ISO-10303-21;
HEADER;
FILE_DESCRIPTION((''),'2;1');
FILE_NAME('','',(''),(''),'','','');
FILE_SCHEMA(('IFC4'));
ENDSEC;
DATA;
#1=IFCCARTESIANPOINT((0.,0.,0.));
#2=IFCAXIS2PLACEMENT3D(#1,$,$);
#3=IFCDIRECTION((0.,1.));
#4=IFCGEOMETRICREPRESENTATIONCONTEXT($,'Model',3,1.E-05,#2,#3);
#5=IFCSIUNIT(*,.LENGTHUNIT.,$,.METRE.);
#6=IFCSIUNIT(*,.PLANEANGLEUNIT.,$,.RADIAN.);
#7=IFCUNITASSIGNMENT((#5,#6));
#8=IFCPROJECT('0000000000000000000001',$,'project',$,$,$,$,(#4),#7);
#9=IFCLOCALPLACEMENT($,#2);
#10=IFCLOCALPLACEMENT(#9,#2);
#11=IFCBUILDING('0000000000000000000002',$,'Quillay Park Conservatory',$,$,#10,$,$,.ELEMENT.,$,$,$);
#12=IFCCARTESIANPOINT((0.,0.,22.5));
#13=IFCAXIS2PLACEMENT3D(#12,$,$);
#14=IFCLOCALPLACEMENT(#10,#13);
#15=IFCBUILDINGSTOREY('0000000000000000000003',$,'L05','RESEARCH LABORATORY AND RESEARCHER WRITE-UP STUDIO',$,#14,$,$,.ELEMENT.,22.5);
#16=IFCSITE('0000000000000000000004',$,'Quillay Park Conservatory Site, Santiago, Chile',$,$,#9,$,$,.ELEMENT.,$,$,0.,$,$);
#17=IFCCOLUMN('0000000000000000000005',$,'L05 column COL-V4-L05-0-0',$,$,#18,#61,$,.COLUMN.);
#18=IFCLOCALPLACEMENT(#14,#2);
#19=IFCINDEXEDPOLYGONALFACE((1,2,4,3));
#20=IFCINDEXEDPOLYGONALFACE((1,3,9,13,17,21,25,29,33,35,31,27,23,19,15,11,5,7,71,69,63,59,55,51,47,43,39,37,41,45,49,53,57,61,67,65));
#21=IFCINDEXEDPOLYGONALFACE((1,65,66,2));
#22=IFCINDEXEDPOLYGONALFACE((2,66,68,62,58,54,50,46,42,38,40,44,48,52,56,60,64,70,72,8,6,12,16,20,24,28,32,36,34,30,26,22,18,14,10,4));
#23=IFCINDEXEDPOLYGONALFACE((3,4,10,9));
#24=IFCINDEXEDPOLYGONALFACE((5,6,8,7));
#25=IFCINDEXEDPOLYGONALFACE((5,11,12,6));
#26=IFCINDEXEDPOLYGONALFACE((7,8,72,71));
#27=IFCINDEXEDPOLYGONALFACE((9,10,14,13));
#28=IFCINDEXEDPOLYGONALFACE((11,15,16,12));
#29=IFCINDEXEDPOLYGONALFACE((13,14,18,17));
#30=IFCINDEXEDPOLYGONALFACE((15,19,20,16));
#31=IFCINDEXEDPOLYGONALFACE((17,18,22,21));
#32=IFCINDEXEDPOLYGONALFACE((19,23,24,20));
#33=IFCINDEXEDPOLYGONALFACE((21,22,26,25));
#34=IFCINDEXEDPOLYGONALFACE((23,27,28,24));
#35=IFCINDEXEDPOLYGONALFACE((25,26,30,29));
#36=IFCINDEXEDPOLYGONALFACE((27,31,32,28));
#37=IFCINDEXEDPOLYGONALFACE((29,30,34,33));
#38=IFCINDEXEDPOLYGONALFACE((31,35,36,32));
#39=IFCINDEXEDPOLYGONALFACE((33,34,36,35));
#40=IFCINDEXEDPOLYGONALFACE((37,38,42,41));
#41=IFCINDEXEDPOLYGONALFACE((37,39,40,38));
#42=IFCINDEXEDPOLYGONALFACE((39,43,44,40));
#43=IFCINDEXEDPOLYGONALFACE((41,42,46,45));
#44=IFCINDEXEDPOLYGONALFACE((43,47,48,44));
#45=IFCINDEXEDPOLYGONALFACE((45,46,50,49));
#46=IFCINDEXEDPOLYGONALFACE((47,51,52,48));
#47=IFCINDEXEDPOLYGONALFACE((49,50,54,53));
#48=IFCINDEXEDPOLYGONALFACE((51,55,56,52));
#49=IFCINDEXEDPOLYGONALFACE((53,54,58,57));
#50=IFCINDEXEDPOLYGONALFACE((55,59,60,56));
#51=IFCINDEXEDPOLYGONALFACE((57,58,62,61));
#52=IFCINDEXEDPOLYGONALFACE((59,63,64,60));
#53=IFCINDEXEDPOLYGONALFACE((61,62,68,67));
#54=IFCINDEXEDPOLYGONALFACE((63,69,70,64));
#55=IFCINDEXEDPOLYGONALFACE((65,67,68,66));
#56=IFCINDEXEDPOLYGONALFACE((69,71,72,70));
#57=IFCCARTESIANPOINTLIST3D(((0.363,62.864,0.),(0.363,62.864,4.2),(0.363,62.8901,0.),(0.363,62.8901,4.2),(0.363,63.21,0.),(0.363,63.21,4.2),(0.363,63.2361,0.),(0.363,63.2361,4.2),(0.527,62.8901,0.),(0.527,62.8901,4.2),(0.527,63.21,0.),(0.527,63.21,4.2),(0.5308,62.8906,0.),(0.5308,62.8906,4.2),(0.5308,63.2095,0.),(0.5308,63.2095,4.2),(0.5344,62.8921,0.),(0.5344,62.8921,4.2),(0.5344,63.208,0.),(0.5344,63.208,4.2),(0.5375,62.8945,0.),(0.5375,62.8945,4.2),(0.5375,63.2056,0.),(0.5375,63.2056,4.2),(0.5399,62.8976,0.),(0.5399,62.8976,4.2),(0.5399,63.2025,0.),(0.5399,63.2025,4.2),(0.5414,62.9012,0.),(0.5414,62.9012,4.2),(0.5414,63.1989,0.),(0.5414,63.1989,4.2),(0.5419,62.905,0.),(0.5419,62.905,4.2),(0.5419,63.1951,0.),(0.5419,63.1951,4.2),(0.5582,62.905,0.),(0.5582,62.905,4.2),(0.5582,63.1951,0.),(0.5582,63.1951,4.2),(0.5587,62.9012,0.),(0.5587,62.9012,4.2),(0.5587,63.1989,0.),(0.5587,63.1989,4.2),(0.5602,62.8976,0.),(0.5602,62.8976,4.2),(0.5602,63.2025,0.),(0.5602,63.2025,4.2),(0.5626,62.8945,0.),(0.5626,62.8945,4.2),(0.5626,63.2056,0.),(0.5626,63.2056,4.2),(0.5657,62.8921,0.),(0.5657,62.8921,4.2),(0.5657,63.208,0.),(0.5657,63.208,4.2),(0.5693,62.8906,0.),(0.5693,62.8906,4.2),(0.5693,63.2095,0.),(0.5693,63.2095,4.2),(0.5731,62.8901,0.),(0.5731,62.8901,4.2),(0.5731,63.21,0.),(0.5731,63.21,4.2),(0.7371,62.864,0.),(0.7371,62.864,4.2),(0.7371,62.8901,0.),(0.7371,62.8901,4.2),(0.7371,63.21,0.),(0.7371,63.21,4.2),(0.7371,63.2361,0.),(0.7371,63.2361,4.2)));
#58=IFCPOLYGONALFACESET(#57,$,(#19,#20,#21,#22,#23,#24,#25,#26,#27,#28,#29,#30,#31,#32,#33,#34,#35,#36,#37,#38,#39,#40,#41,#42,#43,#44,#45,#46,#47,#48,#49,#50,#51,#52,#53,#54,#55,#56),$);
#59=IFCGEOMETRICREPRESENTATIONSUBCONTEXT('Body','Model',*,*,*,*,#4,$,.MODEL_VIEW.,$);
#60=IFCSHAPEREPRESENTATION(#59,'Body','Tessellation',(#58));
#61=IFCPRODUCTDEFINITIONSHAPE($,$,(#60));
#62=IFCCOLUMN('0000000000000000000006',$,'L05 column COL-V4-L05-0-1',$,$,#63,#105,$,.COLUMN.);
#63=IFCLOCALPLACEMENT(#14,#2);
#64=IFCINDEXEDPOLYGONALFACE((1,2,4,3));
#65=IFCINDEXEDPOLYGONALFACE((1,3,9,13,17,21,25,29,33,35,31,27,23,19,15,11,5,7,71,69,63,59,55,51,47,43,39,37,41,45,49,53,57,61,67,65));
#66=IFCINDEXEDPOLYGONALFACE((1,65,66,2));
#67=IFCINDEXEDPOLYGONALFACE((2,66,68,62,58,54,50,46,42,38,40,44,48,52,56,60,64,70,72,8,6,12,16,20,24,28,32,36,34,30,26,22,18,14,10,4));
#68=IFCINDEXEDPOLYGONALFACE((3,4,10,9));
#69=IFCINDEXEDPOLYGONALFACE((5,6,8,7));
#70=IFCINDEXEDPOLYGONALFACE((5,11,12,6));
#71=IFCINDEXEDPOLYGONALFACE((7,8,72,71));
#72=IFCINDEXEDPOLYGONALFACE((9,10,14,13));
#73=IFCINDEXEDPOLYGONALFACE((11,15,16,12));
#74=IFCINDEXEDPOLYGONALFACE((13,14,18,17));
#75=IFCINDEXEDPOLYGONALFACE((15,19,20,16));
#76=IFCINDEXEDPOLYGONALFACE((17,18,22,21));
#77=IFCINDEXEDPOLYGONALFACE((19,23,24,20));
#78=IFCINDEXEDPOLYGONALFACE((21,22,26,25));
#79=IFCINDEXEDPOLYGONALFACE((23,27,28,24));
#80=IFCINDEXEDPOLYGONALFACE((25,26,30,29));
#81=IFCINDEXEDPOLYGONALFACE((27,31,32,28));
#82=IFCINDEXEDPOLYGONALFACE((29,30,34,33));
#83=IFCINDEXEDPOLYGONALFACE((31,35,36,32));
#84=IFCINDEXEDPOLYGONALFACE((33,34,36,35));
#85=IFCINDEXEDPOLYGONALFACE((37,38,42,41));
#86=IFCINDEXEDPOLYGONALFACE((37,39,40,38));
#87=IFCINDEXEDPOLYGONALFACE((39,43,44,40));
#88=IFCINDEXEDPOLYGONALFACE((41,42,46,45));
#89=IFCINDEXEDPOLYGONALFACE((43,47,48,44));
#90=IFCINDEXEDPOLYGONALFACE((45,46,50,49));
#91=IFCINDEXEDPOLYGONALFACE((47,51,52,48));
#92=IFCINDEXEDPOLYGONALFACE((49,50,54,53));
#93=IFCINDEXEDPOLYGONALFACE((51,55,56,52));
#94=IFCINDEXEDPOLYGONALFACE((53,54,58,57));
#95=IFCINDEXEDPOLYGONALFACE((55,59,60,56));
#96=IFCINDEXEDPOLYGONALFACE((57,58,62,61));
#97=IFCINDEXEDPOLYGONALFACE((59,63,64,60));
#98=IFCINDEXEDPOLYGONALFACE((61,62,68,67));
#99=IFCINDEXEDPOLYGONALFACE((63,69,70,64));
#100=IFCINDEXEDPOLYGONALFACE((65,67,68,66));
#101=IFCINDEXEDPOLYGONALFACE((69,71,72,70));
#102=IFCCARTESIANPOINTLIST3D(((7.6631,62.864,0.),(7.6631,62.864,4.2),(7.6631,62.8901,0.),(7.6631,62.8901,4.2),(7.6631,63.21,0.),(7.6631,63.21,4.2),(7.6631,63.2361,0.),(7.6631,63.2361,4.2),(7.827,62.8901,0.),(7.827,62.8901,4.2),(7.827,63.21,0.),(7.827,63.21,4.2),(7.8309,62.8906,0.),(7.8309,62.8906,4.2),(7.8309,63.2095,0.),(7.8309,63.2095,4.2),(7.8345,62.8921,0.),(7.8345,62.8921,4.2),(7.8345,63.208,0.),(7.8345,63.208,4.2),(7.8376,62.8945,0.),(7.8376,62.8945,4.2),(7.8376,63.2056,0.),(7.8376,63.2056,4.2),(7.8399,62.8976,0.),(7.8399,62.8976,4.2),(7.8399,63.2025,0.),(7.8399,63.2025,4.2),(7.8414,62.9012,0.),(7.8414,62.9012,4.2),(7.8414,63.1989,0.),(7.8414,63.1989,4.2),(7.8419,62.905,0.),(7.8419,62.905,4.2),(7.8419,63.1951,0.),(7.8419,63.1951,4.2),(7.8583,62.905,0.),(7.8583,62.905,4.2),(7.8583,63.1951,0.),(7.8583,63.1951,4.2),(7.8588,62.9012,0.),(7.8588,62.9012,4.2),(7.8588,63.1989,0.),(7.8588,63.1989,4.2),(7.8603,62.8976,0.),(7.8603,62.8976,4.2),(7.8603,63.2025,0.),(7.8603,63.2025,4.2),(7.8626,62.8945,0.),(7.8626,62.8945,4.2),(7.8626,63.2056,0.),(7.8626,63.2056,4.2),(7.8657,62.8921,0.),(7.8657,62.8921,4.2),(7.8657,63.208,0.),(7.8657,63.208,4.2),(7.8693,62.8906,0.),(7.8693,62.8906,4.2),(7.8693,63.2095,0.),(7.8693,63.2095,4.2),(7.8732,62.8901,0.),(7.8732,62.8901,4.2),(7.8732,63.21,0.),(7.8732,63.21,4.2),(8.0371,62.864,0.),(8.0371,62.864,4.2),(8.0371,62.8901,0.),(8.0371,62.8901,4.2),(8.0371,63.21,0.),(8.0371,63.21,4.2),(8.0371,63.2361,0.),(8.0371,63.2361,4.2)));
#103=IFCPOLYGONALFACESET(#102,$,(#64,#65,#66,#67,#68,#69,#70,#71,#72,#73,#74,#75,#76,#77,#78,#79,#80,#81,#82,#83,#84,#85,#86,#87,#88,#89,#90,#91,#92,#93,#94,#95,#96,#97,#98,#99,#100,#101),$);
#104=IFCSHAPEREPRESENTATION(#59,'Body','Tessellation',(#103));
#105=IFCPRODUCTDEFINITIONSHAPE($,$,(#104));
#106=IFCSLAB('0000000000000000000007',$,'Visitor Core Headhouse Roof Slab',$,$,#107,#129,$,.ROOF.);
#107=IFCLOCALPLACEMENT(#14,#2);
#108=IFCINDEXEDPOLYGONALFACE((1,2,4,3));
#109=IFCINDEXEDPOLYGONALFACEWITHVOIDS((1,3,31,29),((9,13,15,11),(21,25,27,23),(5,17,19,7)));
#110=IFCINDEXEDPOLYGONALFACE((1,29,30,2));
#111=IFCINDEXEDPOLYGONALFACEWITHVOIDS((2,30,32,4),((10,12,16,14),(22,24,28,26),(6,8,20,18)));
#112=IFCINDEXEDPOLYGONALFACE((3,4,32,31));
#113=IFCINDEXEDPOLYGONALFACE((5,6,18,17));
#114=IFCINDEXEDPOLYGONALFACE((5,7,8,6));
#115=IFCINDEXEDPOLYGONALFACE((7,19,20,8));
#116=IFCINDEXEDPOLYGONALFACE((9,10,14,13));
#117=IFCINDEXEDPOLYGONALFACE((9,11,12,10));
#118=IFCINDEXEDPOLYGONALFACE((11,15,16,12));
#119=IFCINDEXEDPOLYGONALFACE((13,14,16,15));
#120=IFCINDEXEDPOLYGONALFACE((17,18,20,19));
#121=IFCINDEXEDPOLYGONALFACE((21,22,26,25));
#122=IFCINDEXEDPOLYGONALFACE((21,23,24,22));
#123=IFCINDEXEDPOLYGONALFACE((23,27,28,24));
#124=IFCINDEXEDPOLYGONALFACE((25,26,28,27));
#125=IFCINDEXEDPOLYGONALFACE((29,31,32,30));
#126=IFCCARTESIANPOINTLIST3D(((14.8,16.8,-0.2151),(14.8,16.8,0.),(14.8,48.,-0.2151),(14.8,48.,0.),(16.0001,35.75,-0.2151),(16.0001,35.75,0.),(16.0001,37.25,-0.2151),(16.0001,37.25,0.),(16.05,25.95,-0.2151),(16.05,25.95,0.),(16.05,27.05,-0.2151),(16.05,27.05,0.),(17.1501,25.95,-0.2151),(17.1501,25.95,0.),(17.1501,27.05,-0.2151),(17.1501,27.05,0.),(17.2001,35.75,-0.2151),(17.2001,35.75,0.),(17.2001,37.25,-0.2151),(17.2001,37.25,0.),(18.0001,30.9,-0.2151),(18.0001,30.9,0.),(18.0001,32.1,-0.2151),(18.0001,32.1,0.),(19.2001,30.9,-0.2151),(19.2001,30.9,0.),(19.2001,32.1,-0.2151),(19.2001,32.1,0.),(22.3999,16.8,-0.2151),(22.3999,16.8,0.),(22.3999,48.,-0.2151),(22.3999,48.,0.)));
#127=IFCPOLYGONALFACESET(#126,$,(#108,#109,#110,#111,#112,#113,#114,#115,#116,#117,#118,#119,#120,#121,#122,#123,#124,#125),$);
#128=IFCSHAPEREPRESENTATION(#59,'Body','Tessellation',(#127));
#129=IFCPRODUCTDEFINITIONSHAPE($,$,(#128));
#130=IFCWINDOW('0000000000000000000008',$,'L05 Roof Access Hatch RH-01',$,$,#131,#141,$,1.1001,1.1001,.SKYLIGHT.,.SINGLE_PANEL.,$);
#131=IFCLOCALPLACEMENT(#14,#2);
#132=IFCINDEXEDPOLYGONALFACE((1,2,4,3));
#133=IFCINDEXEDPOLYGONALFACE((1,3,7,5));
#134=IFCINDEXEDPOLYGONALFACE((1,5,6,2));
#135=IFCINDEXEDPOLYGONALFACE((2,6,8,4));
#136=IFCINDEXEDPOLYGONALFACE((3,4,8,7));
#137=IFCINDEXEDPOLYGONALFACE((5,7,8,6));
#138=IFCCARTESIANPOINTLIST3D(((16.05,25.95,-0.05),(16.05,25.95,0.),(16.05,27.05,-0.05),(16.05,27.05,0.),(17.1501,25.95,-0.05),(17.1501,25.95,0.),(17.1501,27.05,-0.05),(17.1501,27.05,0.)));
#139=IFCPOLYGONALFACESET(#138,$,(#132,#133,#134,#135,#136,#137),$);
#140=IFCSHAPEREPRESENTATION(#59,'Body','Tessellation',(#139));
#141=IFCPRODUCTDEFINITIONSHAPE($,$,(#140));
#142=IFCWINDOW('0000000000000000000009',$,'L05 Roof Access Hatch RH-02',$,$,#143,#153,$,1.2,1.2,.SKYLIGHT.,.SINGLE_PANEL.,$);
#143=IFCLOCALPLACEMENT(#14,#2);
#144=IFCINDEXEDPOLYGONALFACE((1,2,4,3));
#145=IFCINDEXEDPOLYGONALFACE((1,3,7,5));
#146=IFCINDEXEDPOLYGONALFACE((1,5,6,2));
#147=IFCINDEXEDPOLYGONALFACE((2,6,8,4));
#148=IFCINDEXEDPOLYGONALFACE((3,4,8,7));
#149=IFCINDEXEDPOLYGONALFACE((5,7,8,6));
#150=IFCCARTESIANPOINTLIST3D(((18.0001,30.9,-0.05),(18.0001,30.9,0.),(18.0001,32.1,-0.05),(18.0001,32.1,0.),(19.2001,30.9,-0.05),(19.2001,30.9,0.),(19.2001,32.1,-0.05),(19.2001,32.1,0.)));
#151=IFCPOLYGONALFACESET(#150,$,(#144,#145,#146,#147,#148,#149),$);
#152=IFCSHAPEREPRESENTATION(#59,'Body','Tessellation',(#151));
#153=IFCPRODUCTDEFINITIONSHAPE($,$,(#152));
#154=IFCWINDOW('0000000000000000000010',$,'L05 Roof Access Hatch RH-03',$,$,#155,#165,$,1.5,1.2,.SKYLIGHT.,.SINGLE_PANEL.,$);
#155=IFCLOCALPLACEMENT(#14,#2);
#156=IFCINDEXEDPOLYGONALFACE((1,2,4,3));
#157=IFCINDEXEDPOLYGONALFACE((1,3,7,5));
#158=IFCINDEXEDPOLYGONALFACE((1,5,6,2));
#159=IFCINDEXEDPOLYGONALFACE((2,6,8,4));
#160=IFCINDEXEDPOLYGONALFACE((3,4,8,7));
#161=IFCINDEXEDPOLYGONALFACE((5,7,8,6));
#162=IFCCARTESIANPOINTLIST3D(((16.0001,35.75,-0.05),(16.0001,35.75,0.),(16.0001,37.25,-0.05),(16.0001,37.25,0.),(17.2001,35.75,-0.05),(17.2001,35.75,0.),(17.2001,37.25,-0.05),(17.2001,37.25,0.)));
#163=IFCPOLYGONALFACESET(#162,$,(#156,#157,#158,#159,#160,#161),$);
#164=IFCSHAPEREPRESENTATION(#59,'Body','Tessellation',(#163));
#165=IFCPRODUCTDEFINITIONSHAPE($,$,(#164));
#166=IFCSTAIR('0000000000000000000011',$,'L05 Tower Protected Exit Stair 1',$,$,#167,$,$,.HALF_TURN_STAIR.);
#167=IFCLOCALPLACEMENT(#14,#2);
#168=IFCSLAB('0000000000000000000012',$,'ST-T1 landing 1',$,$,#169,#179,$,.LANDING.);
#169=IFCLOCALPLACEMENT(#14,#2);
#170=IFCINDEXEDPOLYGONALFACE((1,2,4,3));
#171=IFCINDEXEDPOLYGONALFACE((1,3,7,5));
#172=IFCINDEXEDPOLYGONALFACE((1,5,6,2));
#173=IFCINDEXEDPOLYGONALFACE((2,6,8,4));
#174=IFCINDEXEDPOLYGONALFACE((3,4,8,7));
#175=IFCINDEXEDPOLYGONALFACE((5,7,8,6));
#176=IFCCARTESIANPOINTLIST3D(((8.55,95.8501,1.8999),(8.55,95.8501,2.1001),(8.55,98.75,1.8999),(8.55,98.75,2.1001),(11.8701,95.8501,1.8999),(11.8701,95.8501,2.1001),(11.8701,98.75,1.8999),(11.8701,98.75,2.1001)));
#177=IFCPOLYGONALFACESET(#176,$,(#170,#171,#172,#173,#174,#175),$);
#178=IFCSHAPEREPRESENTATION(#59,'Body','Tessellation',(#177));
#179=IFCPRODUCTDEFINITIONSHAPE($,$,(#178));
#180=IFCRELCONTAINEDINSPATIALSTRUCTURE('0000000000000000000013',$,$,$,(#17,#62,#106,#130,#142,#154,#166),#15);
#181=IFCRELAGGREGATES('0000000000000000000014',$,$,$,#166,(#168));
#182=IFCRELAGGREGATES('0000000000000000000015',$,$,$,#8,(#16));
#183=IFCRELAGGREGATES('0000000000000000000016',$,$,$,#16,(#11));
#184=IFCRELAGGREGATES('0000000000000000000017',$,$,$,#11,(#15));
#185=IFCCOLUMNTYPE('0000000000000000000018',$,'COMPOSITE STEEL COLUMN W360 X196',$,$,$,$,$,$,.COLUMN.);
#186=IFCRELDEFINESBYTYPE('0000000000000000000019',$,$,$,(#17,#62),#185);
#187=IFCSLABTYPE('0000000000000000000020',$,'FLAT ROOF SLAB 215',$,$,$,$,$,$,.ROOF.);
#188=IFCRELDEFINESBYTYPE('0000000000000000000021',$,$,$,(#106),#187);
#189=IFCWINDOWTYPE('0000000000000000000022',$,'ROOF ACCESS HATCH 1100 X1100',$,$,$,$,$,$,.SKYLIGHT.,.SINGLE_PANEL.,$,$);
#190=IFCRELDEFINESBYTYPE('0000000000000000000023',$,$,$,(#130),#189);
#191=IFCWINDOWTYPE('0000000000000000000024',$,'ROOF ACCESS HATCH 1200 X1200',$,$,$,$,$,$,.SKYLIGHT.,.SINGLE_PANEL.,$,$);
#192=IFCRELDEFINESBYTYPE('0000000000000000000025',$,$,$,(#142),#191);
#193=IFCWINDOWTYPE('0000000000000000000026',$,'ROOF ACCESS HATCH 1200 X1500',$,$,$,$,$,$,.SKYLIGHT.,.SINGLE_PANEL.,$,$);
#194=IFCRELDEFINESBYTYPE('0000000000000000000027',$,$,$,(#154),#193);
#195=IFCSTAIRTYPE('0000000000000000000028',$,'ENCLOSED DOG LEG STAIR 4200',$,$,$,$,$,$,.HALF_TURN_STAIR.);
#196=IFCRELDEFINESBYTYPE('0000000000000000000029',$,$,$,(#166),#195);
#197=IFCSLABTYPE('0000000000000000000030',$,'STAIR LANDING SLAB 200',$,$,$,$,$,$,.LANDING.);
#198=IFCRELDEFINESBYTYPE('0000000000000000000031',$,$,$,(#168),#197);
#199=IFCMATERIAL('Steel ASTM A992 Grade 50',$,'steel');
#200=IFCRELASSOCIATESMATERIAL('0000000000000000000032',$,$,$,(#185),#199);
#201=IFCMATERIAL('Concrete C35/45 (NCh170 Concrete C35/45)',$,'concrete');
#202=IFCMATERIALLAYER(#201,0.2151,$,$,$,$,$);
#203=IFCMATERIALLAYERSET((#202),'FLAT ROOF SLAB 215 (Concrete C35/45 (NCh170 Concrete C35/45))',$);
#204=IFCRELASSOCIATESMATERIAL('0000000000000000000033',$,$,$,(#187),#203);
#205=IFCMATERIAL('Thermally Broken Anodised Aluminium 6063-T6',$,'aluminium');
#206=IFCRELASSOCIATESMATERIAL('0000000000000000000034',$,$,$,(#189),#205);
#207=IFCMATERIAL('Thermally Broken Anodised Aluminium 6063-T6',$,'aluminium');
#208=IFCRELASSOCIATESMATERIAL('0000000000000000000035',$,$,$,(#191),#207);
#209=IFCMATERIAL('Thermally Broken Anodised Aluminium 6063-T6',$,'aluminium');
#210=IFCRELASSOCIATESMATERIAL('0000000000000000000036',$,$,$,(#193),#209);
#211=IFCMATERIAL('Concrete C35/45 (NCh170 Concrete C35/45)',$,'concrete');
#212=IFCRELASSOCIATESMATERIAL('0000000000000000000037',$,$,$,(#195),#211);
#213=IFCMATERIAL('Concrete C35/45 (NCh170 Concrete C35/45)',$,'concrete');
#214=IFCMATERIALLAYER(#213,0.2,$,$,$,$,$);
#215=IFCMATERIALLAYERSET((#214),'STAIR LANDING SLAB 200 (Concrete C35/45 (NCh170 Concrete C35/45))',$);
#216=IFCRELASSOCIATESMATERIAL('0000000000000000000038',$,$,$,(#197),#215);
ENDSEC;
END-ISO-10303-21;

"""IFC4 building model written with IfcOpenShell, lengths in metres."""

from ifc_helpers import new_model, si_unit, direction, frame, origin, origin_2d, place, context, subcontext, project, spatial, polyline, rectangle, i_section, outline, extrude, material, layer, layer_set, material_profile, profile_set, type_object, element, fill, aggregate, save


model = new_model("IFC4")

# Units and contexts
model_context = context("Model", 3, precision=1e-05, world=origin(), true_north=direction((0.0, 1.0)))
body_context = subcontext(model_context, "Body", "Model", "MODEL_VIEW")
ifc_project = project(units=[si_unit("LENGTHUNIT", "METRE"), si_unit("PLANEANGLEUNIT", "RADIAN")], contexts=[model_context])

# Site, building, storey
site_placement = place(None, origin())
site = spatial("IfcSite", under=ifc_project, at=site_placement, Name="Quillay Park Conservatory Site, Santiago, Chile", CompositionType="ELEMENT", RefElevation=0.0)
building_placement = place(site_placement, origin())
building = spatial("IfcBuilding", under=site, at=building_placement, Name="Quillay Park Conservatory", CompositionType="ELEMENT")
storey_placement = place(building_placement, frame((0.0, 0.0, 22.5)))
storey = spatial("IfcBuildingStorey", under=building, at=storey_placement, Name="L05", Description="RESEARCH LABORATORY AND RESEARCHER WRITE-UP STUDIO", CompositionType="ELEMENT", Elevation=22.5)

# Columns
ifc_material_1 = material(Name="Steel ASTM A992 Grade 50", Category="steel")
ifc_material_profile = material_profile(ifc_material_1, i_section(OverallWidth=0.374, OverallDepth=0.3721, WebThickness=0.0164, FlangeThickness=0.0261, FilletRadius=0.0149, at=origin_2d()), Name="W360x196")
ifc_profile_set = profile_set([ifc_material_profile], Name="Steel ASTM A992 Grade 50")
column_type = type_object("IfcColumnType", Name="COMPOSITE STEEL COLUMN W360 X196", PredefinedType="COLUMN", material=ifc_profile_set)
for number, where, z_axis, x_axis, name in (
    (1, (0.55, 63.05, 0.0), (0.0, 0.0, 1.0), (1.0, 0.0, 0.0), "L05 column COL-V4-L05-0-0"),
    (2, (7.8501, 63.05, 0.0), (0.0, 0.0, 1.0), (1.0, 0.0, 0.0), "L05 column COL-V4-L05-0-1"),
):
    element("IfcColumn", number, at=place(storey_placement, frame(where, z_axis=z_axis, x_axis=x_axis)), inside=storey, type_object=column_type, Name=name, PredefinedType="COLUMN", context=body_context, shape_type="SweptSolid", body=[
        extrude(i_section(OverallWidth=0.374, OverallDepth=0.3721, WebThickness=0.0164, FlangeThickness=0.0261, FilletRadius=0.0149, at=origin_2d()), origin(), (0.0, 0.0, 1.0), 4.2),
    ])

# Slab, openings, windows
ifc_material_2 = material(Name="Concrete C35/45 (NCh170 Concrete C35/45)", Category="concrete")
ifc_layer_1 = layer(ifc_material_2, 0.2151)
ifc_layer_set_1 = layer_set([ifc_layer_1], Name="FLAT ROOF SLAB 215 (Concrete C35/45 (NCh170 Concrete C35/45))")
slab_type_1 = type_object("IfcSlabType", Name="FLAT ROOF SLAB 215", PredefinedType="ROOF", material=ifc_layer_set_1)
slab_1_placement = place(storey_placement, frame((0.0, 0.0, -0.2151)))
slab_1 = element("IfcSlab", 3, at=slab_1_placement, inside=storey, type_object=slab_type_1, Name="Visitor Core Headhouse Roof Slab", PredefinedType="ROOF", context=body_context, shape_type="SweptSolid", body=[
    extrude(outline(polyline([(14.8, 16.8), (22.3999, 16.8), (22.3999, 48.0), (14.8, 48.0), (14.8, 16.8)])), origin(), (0.0, 0.0, 1.0), 0.2151),
])
opening_1_placement = place(slab_1_placement, frame((16.6001, 26.5, 0.0)))
opening_1 = element("IfcOpeningElement", 4, at=opening_1_placement, cuts=slab_1, PredefinedType="OPENING", context=body_context, shape_type="SweptSolid", body=[
    extrude(rectangle(XDim=1.1001, YDim=1.1001, at=origin_2d()), origin(), (0.0, 0.0, 1.0), 0.2151),
])
opening_2_placement = place(slab_1_placement, frame((18.6001, 31.5, 0.0)))
opening_2 = element("IfcOpeningElement", 5, at=opening_2_placement, cuts=slab_1, PredefinedType="OPENING", context=body_context, shape_type="SweptSolid", body=[
    extrude(rectangle(XDim=1.2, YDim=1.2, at=origin_2d()), origin(), (0.0, 0.0, 1.0), 0.2151),
])
opening_3_placement = place(slab_1_placement, frame((16.6001, 36.5, 0.0)))
opening_3 = element("IfcOpeningElement", 6, at=opening_3_placement, cuts=slab_1, PredefinedType="OPENING", context=body_context, shape_type="SweptSolid", body=[
    extrude(rectangle(XDim=1.2, YDim=1.5, at=origin_2d()), origin(), (0.0, 0.0, 1.0), 0.2151),
])
ifc_material_3 = material(Name="Thermally Broken Anodised Aluminium 6063-T6", Category="aluminium")
window_type_1 = type_object("IfcWindowType", Name="ROOF ACCESS HATCH 1100 X1100", PartitioningType="SINGLE_PANEL", PredefinedType="SKYLIGHT", material=ifc_material_3)
window_1_placement = place(opening_1_placement, frame((0.0, 0.0, 0.165)))
window_1 = element("IfcWindow", 7, at=window_1_placement, inside=storey, type_object=window_type_1, Name="L05 Roof Access Hatch RH-01", OverallHeight=1.1001, OverallWidth=1.1001, PartitioningType="SINGLE_PANEL", PredefinedType="SKYLIGHT", context=body_context, shape_type="SweptSolid", body=[
    extrude(rectangle(XDim=1.1001, YDim=1.1001, at=origin_2d()), origin(), (0.0, 0.0, 1.0), 0.05),
])
fill(opening_1, window_1)
ifc_material_4 = material(Name="Thermally Broken Anodised Aluminium 6063-T6", Category="aluminium")
window_type_2 = type_object("IfcWindowType", Name="ROOF ACCESS HATCH 1200 X1200", PartitioningType="SINGLE_PANEL", PredefinedType="SKYLIGHT", material=ifc_material_4)
window_2_placement = place(opening_2_placement, frame((0.0, 0.0, 0.165)))
window_2 = element("IfcWindow", 8, at=window_2_placement, inside=storey, type_object=window_type_2, Name="L05 Roof Access Hatch RH-02", OverallHeight=1.2, OverallWidth=1.2, PartitioningType="SINGLE_PANEL", PredefinedType="SKYLIGHT", context=body_context, shape_type="SweptSolid", body=[
    extrude(rectangle(XDim=1.2, YDim=1.2, at=origin_2d()), origin(), (0.0, 0.0, 1.0), 0.05),
])
fill(opening_2, window_2)
ifc_material_5 = material(Name="Thermally Broken Anodised Aluminium 6063-T6", Category="aluminium")
window_type_3 = type_object("IfcWindowType", Name="ROOF ACCESS HATCH 1200 X1500", PartitioningType="SINGLE_PANEL", PredefinedType="SKYLIGHT", material=ifc_material_5)
window_3_placement = place(opening_3_placement, frame((0.0, 0.0, 0.165)))
window_3 = element("IfcWindow", 9, at=window_3_placement, inside=storey, type_object=window_type_3, Name="L05 Roof Access Hatch RH-03", OverallHeight=1.5, OverallWidth=1.2, PartitioningType="SINGLE_PANEL", PredefinedType="SKYLIGHT", context=body_context, shape_type="SweptSolid", body=[
    extrude(rectangle(XDim=1.2, YDim=1.5, at=origin_2d()), origin(), (0.0, 0.0, 1.0), 0.05),
])
fill(opening_3, window_3)

# Stair, slab
ifc_material_6 = material(Name="Concrete C35/45 (NCh170 Concrete C35/45)", Category="concrete")
stair_type = type_object("IfcStairType", Name="ENCLOSED DOG LEG STAIR 4200", PredefinedType="HALF_TURN_STAIR", material=ifc_material_6)
stair_1_placement = place(storey_placement, origin())
stair_1 = element("IfcStair", 10, at=stair_1_placement, inside=storey, type_object=stair_type, Name="L05 Tower Protected Exit Stair 1", PredefinedType="HALF_TURN_STAIR")
ifc_material_7 = material(Name="Concrete C35/45 (NCh170 Concrete C35/45)", Category="concrete")
ifc_layer_2 = layer(ifc_material_7, 0.2)
ifc_layer_set_2 = layer_set([ifc_layer_2], Name="STAIR LANDING SLAB 200 (Concrete C35/45 (NCh170 Concrete C35/45))")
slab_type_2 = type_object("IfcSlabType", Name="STAIR LANDING SLAB 200", PredefinedType="LANDING", material=ifc_layer_set_2)
slab_2_placement = place(storey_placement, frame((0.0, 0.0, 1.8999)))
slab_2 = element("IfcSlab", 11, at=slab_2_placement, type_object=slab_type_2, Name="ST-T1 landing 1", PredefinedType="LANDING", context=body_context, shape_type="SweptSolid", body=[
    extrude(outline(polyline([(11.8701, 95.8501), (11.8701, 98.75), (8.55, 98.75), (8.55, 95.8501), (11.8701, 95.8501)])), origin(), (0.0, 0.0, 1.0), 0.2002),
])
aggregate(stair_1, [slab_2])

save(model, "model.ifc")
